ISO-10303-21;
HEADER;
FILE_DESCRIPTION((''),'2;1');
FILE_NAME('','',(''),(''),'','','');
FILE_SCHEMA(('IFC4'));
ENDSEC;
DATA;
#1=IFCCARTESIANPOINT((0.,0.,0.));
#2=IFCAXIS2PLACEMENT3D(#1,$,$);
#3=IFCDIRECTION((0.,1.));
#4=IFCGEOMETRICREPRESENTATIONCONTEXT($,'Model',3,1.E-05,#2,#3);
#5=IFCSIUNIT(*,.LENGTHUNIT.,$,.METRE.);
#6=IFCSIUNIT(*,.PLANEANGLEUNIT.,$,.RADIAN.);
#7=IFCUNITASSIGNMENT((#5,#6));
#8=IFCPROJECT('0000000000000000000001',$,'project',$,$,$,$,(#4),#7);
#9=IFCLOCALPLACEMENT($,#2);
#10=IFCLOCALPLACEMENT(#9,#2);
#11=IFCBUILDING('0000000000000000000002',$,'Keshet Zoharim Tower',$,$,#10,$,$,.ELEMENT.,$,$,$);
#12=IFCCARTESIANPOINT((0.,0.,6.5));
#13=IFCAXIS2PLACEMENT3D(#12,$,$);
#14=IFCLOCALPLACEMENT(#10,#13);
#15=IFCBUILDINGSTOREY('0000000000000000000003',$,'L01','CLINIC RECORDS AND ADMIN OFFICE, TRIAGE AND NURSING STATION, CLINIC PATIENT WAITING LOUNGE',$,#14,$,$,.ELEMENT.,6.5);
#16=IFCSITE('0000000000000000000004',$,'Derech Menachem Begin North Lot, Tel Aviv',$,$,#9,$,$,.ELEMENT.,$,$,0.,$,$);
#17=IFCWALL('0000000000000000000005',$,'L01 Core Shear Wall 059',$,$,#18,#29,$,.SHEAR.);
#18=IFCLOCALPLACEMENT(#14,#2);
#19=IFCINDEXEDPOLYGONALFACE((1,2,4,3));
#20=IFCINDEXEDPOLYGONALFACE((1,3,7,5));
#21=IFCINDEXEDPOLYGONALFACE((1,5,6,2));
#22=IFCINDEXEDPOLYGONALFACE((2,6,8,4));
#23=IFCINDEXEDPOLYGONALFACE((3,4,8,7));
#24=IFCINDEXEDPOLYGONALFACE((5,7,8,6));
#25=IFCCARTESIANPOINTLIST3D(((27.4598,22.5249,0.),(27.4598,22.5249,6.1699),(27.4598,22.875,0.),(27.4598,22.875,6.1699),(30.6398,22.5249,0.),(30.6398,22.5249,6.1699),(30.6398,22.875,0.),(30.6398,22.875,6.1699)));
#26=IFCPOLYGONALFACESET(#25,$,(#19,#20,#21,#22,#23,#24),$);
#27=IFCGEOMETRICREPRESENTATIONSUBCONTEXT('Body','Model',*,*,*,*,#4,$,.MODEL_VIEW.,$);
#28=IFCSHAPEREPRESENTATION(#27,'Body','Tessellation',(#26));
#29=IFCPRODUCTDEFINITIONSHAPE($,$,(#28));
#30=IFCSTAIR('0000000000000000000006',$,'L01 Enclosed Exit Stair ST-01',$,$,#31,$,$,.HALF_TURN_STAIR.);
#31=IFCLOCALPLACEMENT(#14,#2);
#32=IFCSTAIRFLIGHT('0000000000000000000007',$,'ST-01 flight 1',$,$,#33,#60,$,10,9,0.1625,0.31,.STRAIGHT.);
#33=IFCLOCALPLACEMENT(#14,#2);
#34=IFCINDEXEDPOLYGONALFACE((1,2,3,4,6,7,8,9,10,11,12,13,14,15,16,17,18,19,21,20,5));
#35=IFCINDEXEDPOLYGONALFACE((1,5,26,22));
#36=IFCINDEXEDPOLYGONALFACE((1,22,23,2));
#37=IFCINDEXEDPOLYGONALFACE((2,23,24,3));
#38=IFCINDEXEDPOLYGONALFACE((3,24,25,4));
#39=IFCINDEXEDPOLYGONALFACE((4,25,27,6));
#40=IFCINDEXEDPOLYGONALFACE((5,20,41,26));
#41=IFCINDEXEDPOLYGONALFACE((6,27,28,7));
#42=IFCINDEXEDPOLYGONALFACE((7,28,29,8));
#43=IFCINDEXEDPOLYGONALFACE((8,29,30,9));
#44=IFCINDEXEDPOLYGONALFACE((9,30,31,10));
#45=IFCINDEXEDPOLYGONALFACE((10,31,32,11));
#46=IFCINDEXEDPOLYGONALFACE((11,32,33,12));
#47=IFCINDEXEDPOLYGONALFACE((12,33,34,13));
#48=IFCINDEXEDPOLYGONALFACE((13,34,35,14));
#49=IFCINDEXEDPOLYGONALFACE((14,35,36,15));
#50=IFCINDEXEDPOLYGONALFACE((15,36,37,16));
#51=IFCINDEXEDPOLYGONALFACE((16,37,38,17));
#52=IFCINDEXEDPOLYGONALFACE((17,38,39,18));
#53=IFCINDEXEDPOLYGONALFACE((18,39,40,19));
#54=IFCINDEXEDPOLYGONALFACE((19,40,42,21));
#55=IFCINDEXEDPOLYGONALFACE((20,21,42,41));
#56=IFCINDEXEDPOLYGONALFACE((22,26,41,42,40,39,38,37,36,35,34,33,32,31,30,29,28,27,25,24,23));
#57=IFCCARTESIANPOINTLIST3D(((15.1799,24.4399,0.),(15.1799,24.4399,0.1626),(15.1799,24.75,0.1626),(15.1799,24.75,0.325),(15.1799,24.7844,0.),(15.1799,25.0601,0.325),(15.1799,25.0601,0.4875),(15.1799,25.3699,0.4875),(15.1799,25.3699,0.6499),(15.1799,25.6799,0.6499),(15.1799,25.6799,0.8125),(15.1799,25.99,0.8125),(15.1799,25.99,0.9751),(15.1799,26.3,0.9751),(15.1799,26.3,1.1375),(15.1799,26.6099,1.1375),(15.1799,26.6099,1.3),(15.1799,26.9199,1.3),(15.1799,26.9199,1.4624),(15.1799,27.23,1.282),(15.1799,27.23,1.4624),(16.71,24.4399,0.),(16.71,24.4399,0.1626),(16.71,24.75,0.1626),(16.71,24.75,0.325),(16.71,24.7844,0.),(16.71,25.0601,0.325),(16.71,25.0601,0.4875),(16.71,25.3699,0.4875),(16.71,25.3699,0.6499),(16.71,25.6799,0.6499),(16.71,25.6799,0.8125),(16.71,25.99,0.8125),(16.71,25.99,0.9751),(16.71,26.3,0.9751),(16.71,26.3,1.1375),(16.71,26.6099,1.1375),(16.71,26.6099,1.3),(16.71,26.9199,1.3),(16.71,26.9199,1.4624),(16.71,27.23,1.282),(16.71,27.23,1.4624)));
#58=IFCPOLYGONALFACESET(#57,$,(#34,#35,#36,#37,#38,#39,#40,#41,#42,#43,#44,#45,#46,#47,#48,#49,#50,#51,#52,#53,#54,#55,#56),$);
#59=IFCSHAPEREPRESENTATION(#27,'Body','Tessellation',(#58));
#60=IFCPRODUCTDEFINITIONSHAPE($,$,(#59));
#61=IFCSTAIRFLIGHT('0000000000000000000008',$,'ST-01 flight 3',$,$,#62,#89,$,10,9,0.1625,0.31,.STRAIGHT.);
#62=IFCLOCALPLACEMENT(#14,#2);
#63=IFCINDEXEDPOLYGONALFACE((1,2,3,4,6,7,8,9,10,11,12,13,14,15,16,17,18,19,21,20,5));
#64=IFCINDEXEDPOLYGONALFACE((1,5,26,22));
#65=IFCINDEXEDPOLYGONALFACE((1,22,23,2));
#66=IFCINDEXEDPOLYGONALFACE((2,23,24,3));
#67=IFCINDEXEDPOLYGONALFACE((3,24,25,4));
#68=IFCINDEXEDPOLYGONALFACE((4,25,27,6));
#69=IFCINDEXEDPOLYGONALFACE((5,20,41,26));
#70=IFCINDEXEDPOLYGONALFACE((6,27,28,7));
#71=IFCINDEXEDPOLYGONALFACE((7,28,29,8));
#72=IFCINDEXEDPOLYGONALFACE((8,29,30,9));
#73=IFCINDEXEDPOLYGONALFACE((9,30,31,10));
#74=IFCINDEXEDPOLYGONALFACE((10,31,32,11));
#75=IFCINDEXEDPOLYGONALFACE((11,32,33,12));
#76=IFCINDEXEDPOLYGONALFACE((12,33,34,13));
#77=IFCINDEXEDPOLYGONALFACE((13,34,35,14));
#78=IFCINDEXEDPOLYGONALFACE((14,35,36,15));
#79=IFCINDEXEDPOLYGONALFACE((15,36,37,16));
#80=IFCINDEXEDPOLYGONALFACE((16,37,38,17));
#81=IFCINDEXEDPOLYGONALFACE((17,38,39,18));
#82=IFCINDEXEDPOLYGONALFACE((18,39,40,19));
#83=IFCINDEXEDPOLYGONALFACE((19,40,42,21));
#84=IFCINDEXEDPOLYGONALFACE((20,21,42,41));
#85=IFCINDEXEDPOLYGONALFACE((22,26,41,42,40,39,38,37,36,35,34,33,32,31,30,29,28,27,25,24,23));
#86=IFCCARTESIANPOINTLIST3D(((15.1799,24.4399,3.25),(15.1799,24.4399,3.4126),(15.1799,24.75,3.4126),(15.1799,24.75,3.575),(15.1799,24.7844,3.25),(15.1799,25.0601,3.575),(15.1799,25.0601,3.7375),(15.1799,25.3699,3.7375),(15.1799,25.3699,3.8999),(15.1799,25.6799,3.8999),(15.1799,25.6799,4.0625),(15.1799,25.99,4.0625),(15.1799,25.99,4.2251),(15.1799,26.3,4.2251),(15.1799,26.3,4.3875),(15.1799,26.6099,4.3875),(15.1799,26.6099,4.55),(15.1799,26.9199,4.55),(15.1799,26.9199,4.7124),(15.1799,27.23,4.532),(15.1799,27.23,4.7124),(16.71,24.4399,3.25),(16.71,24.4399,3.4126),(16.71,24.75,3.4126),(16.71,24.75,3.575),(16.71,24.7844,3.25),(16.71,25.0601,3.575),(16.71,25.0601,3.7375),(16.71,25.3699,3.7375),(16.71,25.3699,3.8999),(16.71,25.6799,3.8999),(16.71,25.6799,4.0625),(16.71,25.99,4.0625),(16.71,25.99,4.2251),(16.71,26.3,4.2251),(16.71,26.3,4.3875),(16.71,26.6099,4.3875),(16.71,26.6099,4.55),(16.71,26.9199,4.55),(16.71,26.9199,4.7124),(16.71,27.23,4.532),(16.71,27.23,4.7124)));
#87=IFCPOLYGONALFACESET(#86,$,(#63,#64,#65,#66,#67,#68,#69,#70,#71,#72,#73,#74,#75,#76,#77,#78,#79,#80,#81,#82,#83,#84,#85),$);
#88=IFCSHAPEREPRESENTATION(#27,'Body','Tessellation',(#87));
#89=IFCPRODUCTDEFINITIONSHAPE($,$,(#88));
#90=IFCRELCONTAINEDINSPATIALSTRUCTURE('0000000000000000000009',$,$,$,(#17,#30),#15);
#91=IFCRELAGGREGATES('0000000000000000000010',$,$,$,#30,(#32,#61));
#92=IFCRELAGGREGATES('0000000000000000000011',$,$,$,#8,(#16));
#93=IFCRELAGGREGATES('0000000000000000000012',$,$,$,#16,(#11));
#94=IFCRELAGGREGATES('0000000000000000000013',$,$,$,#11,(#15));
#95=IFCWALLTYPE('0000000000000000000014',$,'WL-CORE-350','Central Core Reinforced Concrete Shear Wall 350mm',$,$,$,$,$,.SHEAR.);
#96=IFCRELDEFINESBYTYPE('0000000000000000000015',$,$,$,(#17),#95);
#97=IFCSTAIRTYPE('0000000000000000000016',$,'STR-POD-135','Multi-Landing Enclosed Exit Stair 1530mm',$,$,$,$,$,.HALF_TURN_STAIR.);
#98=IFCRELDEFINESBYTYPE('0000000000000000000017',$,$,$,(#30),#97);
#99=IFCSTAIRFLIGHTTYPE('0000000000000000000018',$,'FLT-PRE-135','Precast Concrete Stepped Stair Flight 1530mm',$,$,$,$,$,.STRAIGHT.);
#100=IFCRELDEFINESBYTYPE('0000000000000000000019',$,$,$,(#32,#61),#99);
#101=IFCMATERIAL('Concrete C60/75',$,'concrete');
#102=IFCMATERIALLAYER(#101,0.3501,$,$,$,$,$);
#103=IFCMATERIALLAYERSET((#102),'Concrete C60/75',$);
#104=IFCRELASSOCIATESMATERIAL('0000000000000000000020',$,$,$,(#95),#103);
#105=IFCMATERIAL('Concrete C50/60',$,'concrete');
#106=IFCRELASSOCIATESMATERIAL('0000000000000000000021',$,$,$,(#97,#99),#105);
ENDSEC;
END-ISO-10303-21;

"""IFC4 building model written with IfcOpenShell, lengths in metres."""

from ifc_helpers import new_model, si_unit, direction, frame, frame_2d, origin, place, context, subcontext, project, spatial, polyline, rectangle, outline, extrude, material, layer, layer_set, type_object, element, aggregate, save


model = new_model("IFC4")

# Units and contexts
model_context = context("Model", 3, precision=1e-05, world=origin(), true_north=direction((0.0, 1.0)))
body_context = subcontext(model_context, "Body", "Model", "MODEL_VIEW")
ifc_project = project(units=[si_unit("LENGTHUNIT", "METRE"), si_unit("PLANEANGLEUNIT", "RADIAN")], contexts=[model_context])

# Site, building, storey
site_placement = place(None, origin())
site = spatial("IfcSite", under=ifc_project, at=site_placement, Name="Derech Menachem Begin North Lot, Tel Aviv", CompositionType="ELEMENT", RefElevation=0.0)
building_placement = place(site_placement, origin())
building = spatial("IfcBuilding", under=site, at=building_placement, Name="Keshet Zoharim Tower", CompositionType="ELEMENT")
storey_placement = place(building_placement, frame((0.0, 0.0, 6.5)))
storey = spatial("IfcBuildingStorey", under=building, at=storey_placement, Name="L01", Description="CLINIC RECORDS AND ADMIN OFFICE, TRIAGE AND NURSING STATION, CLINIC PATIENT WAITING LOUNGE", CompositionType="ELEMENT", Elevation=6.5)

# Shared definitions
ifc_material_1 = material(Name="Concrete C60/75", Category="concrete")

# Shared definitions
ifc_layer_1 = layer(ifc_material_1, 0.3501)
ifc_layer_set_1 = layer_set([ifc_layer_1], Name="Concrete C60/75")
wall_type_1 = type_object("IfcWallType", Name="WL-CORE-350", Description="Central Core Reinforced Concrete Shear Wall 350mm", PredefinedType="SHEAR", material=ifc_layer_set_1)

# Wall
for number, where, z_axis, x_axis, name in (
    (1, (27.46, 22.7, 0.0), (0.0, 0.0, 1.0), (1.0, 0.0, 0.0), "L01 Core Shear Wall 059"),
):
    element("IfcWall", number, at=place(storey_placement, frame(where, z_axis=z_axis, x_axis=x_axis)), inside=storey, type_object=wall_type_1, Name=name, PredefinedType="SHEAR", context=body_context, shape_type="SweptSolid", body=[
        extrude(rectangle(XDim=3.1799, YDim=0.3501, at=frame_2d((1.5898, 0.0))), origin(), (0.0, 0.0, 1.0), 6.1699),
    ])

# Stair, stair flights
ifc_material_2 = material(Name="Concrete C50/60", Category="concrete")
stair_type = type_object("IfcStairType", Name="STR-POD-135", Description="Multi-Landing Enclosed Exit Stair 1530mm", PredefinedType="HALF_TURN_STAIR", material=ifc_material_2)
stair_placement = place(storey_placement, origin())
stair = element("IfcStair", 2, at=stair_placement, inside=storey, type_object=stair_type, Name="L01 Enclosed Exit Stair ST-01", PredefinedType="HALF_TURN_STAIR")
stair_flight_type = type_object("IfcStairFlightType", Name="FLT-PRE-135", Description="Precast Concrete Stepped Stair Flight 1530mm", PredefinedType="STRAIGHT", material=ifc_material_2)
stair_flight_1_placement = place(storey_placement, frame((15.9451, 24.4399, 0.0), z_axis=(0.0, 0.0, 1.0), x_axis=(0.0, 1.0, 0.0)))
stair_flight_1 = element("IfcStairFlight", 3, at=stair_flight_1_placement, type_object=stair_flight_type, Name="ST-01 flight 1", NumberOfRisers=10, NumberOfTreads=9, PredefinedType="STRAIGHT", RiserHeight=0.1625, TreadLength=0.31, context=body_context, shape_type="SweptSolid", body=[
    extrude(outline(polyline([(0.0, 0.0), (0.0, 0.1626), (0.3101, 0.1626), (0.3101, 0.325), (0.6201, 0.325), (0.6201, 0.4875), (0.9299, 0.4875), (0.9299, 0.6499), (1.24, 0.6499), (1.24, 0.8125), (1.55, 0.8125), (1.55, 0.9751), (1.8601, 0.9751), (1.8601, 1.1375), (2.1699, 1.1375), (2.1699, 1.3), (2.48, 1.3), (2.48, 1.4624), (2.79, 1.4624), (2.79, 1.625), (2.79, 1.282), (0.3445, 0.0), (0.0, 0.0)])), frame((0.0, 0.7651, 0.0), z_axis=(0.0, -1.0, 0.0), x_axis=(1.0, 0.0, 0.0)), (0.0, 0.0, 1.0), 1.53),
])
stair_flight_2_placement = place(storey_placement, frame((15.9451, 24.4399, 3.25), z_axis=(0.0, 0.0, 1.0), x_axis=(0.0, 1.0, 0.0)))
stair_flight_2 = element("IfcStairFlight", 4, at=stair_flight_2_placement, type_object=stair_flight_type, Name="ST-01 flight 3", NumberOfRisers=10, NumberOfTreads=9, PredefinedType="STRAIGHT", RiserHeight=0.1625, TreadLength=0.31, context=body_context, shape_type="SweptSolid", body=[
    extrude(outline(polyline([(0.0, 0.0), (0.0, 0.1626), (0.3101, 0.1626), (0.3101, 0.325), (0.6201, 0.325), (0.6201, 0.4875), (0.9299, 0.4875), (0.9299, 0.6499), (1.24, 0.6499), (1.24, 0.8125), (1.55, 0.8125), (1.55, 0.9751), (1.8601, 0.9751), (1.8601, 1.1375), (2.1699, 1.1375), (2.1699, 1.3), (2.48, 1.3), (2.48, 1.4624), (2.79, 1.4624), (2.79, 1.625), (2.79, 1.282), (0.3445, 0.0), (0.0, 0.0)])), frame((0.0, 0.7651, 0.0), z_axis=(0.0, -1.0, 0.0), x_axis=(1.0, 0.0, 0.0)), (0.0, 0.0, 1.0), 1.53),
])
aggregate(stair, [stair_flight_1, stair_flight_2])

save(model, "model.ifc")
